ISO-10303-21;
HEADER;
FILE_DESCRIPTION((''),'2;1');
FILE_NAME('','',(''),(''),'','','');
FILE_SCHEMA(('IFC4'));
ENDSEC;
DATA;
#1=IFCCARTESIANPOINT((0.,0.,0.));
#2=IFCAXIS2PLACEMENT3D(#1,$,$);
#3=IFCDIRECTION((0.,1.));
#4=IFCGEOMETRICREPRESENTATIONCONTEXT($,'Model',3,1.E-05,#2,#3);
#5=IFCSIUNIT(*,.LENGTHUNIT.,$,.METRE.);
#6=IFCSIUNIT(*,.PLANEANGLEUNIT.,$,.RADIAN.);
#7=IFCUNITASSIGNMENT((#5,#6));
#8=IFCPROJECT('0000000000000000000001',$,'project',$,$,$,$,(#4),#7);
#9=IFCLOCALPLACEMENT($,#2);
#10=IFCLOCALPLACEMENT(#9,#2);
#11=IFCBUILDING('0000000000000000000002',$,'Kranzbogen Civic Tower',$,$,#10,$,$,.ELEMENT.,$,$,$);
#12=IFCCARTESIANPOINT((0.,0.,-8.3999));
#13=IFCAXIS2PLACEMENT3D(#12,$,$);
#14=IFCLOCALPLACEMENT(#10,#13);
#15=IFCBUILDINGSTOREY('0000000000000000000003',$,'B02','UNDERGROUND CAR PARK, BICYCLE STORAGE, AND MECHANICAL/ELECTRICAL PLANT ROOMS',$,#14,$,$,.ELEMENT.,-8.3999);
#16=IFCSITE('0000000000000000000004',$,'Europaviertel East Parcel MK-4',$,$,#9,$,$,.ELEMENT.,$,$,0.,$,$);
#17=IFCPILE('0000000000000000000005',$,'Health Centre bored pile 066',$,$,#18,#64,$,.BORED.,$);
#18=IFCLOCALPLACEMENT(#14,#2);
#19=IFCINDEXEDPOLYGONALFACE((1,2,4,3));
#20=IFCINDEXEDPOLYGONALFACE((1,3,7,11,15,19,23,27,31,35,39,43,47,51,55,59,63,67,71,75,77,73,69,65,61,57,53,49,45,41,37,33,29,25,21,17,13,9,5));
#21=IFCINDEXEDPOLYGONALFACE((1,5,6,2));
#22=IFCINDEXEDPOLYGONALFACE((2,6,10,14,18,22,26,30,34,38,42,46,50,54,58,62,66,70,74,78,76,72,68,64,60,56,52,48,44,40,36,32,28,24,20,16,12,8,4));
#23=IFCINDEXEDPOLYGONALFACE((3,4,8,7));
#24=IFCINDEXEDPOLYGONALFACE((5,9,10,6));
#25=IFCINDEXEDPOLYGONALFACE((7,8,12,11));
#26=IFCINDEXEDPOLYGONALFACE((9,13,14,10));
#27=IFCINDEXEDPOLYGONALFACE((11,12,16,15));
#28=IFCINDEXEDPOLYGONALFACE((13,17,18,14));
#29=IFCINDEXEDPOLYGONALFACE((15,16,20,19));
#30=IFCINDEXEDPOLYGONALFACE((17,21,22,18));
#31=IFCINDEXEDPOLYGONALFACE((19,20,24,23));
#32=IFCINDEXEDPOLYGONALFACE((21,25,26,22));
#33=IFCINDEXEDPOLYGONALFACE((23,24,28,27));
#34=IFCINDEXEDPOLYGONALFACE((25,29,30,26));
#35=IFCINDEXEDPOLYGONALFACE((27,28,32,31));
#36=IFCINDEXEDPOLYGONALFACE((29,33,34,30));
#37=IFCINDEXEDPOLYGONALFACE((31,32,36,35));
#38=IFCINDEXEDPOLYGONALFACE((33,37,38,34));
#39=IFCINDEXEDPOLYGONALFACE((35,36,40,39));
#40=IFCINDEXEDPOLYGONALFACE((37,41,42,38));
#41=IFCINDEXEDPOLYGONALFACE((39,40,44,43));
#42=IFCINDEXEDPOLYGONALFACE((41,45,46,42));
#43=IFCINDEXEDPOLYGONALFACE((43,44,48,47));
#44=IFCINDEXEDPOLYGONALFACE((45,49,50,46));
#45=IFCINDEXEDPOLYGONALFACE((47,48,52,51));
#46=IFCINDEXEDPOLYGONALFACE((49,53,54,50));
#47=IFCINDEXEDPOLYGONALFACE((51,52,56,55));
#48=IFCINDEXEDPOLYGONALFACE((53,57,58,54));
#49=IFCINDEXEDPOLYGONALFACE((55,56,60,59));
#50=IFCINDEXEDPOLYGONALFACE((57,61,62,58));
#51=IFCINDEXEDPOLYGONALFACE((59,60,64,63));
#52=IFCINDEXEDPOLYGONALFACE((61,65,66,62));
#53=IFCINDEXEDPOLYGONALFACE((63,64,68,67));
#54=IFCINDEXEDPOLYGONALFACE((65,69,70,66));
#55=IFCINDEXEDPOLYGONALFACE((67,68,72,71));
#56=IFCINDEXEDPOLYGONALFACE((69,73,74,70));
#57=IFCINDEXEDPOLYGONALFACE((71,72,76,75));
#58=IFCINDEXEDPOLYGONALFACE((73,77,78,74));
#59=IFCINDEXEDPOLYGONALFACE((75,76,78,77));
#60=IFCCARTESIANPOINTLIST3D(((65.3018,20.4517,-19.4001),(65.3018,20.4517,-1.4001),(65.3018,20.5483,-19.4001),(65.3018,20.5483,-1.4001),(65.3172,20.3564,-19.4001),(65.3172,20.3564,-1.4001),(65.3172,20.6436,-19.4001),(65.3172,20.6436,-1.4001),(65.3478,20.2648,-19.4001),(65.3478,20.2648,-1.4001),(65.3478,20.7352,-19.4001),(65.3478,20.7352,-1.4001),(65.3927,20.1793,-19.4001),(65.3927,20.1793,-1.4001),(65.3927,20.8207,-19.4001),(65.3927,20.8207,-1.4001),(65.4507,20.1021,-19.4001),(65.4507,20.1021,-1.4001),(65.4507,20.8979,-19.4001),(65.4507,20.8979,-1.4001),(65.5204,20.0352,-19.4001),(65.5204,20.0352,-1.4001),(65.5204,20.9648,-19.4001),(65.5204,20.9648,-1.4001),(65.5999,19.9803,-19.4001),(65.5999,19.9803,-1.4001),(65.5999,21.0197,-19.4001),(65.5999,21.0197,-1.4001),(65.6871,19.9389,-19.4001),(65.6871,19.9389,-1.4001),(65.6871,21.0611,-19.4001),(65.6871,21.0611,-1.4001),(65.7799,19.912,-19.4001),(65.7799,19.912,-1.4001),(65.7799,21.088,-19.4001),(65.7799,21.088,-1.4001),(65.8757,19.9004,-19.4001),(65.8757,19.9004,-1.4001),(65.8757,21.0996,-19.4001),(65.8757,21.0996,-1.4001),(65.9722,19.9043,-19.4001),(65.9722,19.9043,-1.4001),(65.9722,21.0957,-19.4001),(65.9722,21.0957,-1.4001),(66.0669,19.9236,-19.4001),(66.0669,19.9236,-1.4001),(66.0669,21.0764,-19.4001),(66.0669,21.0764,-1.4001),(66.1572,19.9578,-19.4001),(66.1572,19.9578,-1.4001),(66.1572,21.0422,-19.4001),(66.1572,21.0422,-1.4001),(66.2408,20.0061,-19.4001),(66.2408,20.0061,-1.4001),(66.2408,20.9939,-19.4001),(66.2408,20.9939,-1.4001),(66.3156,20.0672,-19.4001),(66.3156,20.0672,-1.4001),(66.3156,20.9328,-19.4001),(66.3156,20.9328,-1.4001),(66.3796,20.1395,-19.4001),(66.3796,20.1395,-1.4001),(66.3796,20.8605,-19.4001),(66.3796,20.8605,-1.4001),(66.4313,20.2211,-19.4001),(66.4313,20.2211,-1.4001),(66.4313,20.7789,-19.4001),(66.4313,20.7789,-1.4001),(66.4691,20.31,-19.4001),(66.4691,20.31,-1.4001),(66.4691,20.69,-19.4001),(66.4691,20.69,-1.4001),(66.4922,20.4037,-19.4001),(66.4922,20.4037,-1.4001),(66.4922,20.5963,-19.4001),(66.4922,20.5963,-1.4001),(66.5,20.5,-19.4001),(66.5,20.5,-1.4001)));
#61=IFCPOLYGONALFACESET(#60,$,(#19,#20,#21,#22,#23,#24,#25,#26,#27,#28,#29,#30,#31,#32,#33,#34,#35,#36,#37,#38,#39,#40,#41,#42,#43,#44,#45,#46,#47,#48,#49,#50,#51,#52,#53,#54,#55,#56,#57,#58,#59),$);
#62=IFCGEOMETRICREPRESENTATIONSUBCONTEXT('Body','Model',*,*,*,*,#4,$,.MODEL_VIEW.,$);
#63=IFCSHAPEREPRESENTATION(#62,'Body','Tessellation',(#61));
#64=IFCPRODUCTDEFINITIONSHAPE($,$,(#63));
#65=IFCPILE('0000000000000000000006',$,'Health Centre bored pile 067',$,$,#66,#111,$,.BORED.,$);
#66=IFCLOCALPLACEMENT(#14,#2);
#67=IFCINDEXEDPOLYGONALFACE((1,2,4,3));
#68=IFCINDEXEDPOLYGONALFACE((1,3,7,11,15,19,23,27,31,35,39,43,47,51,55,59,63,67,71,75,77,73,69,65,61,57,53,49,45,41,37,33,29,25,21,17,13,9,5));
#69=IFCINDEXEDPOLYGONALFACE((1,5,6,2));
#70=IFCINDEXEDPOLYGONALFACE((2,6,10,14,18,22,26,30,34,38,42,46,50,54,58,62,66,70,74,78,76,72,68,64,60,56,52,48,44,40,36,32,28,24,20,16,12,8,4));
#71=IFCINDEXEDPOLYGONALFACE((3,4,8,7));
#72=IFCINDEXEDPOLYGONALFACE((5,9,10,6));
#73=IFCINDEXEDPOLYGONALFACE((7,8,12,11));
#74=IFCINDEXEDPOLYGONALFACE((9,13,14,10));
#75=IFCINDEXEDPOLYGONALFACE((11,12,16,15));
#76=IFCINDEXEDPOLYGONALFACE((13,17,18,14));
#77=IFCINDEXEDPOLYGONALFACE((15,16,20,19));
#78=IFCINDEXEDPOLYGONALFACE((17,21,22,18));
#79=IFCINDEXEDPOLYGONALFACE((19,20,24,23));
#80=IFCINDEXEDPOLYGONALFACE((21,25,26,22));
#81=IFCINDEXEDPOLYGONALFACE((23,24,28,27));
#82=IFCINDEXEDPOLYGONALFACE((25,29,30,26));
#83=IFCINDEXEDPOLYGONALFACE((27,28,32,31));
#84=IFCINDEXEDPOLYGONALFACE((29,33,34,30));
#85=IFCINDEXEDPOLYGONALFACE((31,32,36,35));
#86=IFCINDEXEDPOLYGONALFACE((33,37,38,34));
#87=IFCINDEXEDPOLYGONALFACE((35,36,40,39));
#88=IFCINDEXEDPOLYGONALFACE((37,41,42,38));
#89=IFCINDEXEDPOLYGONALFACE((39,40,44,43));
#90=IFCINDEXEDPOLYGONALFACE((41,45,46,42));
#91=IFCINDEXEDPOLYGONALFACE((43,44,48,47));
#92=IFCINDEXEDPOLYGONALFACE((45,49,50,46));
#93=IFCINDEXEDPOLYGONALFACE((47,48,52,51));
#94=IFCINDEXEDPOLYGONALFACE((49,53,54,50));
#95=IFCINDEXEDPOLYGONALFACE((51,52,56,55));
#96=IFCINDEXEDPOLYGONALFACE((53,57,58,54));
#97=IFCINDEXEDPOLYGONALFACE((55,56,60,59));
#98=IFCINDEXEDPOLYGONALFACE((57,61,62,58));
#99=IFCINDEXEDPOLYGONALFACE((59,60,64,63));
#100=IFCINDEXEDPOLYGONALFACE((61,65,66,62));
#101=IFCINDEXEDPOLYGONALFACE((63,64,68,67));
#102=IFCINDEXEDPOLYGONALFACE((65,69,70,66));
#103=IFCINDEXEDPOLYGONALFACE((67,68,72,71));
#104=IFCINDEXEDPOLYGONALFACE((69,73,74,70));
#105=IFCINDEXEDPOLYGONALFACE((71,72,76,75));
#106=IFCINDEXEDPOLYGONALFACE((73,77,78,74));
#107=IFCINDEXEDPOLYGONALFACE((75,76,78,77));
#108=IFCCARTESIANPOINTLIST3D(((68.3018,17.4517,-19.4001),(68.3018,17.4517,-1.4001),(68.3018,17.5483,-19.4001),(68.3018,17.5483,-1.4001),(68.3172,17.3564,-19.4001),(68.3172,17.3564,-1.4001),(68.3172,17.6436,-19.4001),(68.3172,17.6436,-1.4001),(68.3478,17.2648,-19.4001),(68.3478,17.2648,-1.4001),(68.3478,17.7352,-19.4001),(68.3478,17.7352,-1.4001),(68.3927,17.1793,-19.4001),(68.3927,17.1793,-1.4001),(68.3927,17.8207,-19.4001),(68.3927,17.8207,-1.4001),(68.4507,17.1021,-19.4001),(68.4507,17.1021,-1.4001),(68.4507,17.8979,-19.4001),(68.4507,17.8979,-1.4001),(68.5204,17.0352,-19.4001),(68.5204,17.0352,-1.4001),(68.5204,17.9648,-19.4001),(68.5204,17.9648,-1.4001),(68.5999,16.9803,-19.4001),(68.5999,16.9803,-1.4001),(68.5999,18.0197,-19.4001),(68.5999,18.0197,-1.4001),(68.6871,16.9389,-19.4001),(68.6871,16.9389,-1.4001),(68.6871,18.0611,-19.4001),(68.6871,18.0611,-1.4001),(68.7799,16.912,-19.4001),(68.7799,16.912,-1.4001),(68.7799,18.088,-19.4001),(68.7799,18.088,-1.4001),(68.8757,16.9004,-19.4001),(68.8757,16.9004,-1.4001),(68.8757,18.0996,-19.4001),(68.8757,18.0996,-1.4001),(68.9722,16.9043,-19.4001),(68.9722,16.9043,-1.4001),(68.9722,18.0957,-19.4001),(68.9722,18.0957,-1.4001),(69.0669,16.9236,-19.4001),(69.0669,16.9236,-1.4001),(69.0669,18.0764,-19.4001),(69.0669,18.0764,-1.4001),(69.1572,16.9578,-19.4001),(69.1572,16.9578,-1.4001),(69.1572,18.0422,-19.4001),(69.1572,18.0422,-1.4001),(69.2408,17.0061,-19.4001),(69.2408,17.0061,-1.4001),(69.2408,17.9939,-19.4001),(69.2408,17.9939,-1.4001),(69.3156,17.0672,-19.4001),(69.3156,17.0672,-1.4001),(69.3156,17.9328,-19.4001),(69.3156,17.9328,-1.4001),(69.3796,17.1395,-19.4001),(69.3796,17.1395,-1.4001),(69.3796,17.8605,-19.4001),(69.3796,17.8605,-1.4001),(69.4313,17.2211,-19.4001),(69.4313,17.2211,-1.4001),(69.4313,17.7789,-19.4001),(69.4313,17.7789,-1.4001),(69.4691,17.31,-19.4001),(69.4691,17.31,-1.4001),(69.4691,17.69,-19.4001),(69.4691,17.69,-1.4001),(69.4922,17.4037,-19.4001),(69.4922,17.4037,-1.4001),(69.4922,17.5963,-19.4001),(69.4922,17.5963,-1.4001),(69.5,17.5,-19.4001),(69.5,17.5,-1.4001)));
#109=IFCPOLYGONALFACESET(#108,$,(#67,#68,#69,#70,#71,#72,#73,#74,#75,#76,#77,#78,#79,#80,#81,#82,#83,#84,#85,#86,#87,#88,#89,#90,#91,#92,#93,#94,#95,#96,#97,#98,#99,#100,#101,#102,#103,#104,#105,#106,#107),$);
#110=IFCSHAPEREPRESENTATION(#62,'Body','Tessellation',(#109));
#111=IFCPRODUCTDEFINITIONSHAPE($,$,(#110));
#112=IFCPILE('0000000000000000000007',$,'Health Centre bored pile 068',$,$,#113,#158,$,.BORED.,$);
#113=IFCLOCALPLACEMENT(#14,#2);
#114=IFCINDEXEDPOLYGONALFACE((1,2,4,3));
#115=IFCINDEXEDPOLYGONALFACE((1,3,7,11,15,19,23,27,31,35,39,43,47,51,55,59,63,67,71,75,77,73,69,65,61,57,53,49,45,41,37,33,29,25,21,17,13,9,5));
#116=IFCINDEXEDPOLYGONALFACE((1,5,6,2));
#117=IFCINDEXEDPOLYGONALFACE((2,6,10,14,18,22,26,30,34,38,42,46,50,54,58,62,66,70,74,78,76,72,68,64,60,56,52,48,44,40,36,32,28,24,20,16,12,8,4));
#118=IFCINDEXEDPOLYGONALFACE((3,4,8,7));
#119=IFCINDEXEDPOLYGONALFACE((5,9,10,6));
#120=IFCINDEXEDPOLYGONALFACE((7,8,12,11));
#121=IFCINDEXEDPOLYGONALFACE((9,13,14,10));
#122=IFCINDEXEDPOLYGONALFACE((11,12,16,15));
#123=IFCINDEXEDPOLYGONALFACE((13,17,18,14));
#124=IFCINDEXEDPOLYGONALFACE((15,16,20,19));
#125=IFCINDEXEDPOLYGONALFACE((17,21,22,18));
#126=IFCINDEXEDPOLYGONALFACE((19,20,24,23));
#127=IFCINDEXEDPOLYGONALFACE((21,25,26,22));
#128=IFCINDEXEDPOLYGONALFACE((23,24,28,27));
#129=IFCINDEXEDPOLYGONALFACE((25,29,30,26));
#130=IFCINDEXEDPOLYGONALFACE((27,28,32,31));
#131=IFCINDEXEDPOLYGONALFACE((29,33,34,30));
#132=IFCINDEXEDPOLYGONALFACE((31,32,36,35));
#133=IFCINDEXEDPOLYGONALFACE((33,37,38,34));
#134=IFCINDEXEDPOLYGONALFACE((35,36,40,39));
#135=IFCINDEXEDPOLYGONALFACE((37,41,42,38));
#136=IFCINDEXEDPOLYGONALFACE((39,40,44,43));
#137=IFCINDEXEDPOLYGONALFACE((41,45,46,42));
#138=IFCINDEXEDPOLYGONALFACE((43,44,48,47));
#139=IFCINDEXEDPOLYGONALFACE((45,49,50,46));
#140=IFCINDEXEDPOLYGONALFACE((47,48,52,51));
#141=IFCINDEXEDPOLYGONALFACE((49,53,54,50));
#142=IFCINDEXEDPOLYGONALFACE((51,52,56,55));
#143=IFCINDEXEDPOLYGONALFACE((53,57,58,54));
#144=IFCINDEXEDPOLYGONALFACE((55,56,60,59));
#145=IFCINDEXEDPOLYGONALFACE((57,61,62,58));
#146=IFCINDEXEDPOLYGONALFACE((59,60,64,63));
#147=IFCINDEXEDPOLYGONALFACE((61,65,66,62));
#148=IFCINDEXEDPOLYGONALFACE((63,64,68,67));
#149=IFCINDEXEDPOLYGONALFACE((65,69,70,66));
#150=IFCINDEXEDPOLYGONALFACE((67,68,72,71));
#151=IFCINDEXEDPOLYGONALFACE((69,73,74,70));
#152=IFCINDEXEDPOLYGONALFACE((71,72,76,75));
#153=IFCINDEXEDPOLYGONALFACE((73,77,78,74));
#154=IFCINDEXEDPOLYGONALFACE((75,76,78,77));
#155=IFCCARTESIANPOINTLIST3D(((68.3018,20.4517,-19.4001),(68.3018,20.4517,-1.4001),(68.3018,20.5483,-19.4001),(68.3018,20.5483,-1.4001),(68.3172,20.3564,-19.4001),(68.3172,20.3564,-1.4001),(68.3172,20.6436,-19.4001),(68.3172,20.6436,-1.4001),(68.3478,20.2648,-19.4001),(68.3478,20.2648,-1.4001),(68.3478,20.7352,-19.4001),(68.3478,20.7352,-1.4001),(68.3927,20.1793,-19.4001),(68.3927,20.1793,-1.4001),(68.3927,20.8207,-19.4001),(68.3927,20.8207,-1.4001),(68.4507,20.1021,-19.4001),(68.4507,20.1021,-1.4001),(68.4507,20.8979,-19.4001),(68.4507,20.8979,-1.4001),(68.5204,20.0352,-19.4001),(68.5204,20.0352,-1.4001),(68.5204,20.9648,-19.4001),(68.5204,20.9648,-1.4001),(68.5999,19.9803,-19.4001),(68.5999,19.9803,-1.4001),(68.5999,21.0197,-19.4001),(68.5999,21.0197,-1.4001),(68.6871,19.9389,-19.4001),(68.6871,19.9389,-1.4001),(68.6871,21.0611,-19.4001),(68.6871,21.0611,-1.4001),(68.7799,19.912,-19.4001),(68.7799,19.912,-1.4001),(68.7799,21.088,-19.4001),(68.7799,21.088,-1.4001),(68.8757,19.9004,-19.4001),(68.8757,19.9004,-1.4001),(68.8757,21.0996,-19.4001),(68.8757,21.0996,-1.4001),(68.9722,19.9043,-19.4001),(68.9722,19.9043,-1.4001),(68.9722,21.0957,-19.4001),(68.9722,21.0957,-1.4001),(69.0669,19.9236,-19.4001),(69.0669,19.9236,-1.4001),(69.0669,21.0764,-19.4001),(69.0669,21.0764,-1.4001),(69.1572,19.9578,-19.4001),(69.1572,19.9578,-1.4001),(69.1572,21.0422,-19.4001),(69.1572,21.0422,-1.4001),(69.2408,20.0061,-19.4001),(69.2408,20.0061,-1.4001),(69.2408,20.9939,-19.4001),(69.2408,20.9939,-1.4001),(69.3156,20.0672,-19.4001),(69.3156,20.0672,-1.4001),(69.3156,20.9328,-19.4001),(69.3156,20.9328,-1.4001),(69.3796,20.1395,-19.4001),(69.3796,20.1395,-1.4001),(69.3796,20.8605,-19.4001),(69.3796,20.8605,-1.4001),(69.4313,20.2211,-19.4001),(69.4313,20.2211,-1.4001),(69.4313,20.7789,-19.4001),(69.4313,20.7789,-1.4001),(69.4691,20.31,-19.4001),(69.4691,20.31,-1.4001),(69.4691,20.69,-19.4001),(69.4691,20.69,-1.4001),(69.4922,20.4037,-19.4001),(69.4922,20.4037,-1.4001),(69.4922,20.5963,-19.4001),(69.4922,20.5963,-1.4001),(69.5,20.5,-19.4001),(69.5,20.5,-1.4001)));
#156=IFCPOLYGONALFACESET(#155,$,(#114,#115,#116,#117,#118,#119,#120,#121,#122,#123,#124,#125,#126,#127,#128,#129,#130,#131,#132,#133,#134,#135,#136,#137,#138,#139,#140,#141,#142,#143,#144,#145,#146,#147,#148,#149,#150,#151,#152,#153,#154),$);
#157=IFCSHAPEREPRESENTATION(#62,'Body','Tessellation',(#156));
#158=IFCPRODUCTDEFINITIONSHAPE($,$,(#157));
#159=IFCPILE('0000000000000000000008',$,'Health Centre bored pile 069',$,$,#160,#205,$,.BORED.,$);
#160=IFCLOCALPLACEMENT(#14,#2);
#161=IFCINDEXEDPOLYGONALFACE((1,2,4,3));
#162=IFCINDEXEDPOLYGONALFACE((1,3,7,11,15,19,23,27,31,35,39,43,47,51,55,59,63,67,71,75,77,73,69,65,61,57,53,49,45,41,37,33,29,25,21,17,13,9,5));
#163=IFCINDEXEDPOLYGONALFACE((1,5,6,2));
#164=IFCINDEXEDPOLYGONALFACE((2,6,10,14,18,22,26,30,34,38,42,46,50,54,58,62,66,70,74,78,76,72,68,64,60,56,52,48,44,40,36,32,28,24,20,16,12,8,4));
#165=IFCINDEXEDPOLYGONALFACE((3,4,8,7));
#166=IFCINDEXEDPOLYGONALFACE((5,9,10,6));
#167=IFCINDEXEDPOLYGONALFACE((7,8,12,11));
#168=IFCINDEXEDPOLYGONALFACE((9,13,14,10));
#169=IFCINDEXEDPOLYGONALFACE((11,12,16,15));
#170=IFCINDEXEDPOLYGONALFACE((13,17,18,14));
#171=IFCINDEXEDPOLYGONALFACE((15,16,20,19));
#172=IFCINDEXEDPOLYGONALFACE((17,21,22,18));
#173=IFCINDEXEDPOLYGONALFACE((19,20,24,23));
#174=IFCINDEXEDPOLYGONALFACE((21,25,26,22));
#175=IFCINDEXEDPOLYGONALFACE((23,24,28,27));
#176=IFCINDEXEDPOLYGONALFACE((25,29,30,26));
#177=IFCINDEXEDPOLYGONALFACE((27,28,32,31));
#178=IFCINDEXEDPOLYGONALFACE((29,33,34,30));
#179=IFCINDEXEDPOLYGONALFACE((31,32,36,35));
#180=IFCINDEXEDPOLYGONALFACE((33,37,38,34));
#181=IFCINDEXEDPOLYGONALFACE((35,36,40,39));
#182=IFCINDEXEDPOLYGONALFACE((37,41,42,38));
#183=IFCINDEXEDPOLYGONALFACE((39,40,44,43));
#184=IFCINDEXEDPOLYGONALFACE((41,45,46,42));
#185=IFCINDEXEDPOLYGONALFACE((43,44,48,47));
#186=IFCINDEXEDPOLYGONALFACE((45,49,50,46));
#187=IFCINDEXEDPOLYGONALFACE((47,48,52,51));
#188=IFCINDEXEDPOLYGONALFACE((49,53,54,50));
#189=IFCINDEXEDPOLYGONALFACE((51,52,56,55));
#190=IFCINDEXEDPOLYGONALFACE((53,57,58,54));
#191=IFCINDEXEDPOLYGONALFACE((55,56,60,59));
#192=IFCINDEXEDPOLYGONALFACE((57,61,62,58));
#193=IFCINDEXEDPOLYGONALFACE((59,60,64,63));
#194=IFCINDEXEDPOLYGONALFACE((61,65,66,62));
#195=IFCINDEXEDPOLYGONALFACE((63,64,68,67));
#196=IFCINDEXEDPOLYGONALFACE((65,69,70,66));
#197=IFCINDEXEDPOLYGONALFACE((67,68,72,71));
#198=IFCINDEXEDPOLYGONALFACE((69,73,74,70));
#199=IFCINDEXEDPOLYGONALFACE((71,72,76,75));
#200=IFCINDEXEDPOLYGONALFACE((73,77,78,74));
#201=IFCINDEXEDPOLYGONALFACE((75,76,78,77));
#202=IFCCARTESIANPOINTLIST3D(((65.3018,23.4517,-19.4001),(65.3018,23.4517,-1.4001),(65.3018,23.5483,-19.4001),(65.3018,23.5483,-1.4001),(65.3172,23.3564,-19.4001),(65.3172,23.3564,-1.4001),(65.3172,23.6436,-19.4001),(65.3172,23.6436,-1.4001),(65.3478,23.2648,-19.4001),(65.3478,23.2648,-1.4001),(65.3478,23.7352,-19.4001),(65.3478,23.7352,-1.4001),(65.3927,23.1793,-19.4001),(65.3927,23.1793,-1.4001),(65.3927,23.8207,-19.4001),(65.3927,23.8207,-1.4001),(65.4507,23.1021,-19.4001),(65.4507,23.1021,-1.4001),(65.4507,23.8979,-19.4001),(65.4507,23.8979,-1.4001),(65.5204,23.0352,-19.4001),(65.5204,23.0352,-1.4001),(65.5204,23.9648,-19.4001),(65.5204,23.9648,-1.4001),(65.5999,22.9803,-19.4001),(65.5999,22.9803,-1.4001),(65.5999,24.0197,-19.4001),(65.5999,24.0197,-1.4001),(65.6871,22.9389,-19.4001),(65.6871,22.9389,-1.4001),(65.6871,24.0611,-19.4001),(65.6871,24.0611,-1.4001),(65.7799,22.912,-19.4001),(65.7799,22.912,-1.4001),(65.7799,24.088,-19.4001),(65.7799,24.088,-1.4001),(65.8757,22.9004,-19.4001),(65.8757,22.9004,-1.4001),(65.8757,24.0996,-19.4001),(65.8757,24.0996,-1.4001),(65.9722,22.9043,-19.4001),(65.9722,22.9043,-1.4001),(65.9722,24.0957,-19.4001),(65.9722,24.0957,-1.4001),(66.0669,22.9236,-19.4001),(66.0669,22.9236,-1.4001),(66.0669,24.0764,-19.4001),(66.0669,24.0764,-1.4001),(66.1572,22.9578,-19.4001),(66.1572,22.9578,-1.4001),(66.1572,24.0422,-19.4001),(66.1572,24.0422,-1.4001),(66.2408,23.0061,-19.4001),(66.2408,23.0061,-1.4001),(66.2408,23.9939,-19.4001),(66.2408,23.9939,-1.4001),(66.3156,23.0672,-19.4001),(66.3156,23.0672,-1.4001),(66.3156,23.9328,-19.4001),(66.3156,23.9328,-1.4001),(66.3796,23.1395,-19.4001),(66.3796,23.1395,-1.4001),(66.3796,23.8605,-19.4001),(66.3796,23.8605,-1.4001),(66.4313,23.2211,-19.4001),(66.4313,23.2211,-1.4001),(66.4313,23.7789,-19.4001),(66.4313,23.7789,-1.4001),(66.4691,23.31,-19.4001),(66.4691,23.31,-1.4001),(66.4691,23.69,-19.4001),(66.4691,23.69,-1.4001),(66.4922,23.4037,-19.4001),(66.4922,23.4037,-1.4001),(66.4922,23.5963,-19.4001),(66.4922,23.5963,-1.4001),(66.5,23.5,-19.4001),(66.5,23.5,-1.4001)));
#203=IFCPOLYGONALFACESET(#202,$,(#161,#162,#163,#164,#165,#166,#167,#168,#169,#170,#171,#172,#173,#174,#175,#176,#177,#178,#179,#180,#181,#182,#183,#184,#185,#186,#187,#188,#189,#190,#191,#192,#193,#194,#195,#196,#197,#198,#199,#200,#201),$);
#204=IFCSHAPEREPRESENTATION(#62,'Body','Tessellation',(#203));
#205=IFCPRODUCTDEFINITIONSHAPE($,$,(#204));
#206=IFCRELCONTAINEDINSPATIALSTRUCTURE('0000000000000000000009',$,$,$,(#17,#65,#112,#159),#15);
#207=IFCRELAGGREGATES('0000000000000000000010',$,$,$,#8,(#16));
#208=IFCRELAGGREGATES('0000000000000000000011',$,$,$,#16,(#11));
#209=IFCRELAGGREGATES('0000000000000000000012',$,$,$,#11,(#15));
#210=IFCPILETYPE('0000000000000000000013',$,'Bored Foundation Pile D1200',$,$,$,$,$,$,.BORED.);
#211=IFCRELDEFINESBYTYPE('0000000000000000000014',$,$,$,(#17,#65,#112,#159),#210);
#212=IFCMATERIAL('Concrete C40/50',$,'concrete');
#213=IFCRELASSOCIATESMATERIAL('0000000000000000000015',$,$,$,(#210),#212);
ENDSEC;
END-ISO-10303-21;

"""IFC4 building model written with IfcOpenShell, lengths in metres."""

from ifc_helpers import new_model, si_unit, direction, frame, origin, origin_2d, place, context, subcontext, project, spatial, circle, extrude, material, material_profile, profile_set, type_object, element, save


model = new_model("IFC4")

# Units and contexts
model_context = context("Model", 3, precision=1e-05, world=origin(), true_north=direction((0.0, 1.0)))
body_context = subcontext(model_context, "Body", "Model", "MODEL_VIEW")
ifc_project = project(units=[si_unit("LENGTHUNIT", "METRE"), si_unit("PLANEANGLEUNIT", "RADIAN")], contexts=[model_context])

# Site, building, storey
site_placement = place(None, origin())
site = spatial("IfcSite", under=ifc_project, at=site_placement, Name="Europaviertel East Parcel MK-4", CompositionType="ELEMENT", RefElevation=0.0)
building_placement = place(site_placement, origin())
building = spatial("IfcBuilding", under=site, at=building_placement, Name="Kranzbogen Civic Tower", CompositionType="ELEMENT")
storey_placement = place(building_placement, frame((0.0, 0.0, -8.3999)))
storey = spatial("IfcBuildingStorey", under=building, at=storey_placement, Name="B02", Description="UNDERGROUND CAR PARK, BICYCLE STORAGE, AND MECHANICAL/ELECTRICAL PLANT ROOMS", CompositionType="ELEMENT", Elevation=-8.3999)

# Piles
ifc_material_1 = material(Name="Concrete C40/50", Category="concrete")
ifc_material_profile_1 = material_profile(ifc_material_1, circle(Radius=0.6001, at=origin_2d()), Name="PILE D1200")
ifc_profile_set_1 = profile_set([ifc_material_profile_1], Name="Concrete C40/50")
pile_type_1 = type_object("IfcPileType", Name="Bored Foundation Pile D1200", PredefinedType="BORED", material=ifc_profile_set_1)
for number, where, z_axis, x_axis, name in (
    (1, (65.8999, 20.5, -1.4001), (0.0, 0.0, -1.0), (1.0, 0.0, 0.0), "Health Centre bored pile 066"),
    (2, (68.8999, 17.5, -1.4001), (0.0, 0.0, -1.0), (1.0, 0.0, 0.0), "Health Centre bored pile 067"),
    (3, (68.8999, 20.5, -1.4001), (0.0, 0.0, -1.0), (1.0, 0.0, 0.0), "Health Centre bored pile 068"),
    (4, (65.8999, 23.5, -1.4001), (0.0, 0.0, -1.0), (1.0, 0.0, 0.0), "Health Centre bored pile 069"),
):
    element("IfcPile", number, at=place(storey_placement, frame(where, z_axis=z_axis, x_axis=x_axis)), inside=storey, type_object=pile_type_1, Name=name, PredefinedType="BORED", context=body_context, shape_type="SweptSolid", body=[
        extrude(circle(Radius=0.6001, at=origin_2d()), origin(), (0.0, 0.0, 1.0), 18.0),
    ])

save(model, "model.ifc")
